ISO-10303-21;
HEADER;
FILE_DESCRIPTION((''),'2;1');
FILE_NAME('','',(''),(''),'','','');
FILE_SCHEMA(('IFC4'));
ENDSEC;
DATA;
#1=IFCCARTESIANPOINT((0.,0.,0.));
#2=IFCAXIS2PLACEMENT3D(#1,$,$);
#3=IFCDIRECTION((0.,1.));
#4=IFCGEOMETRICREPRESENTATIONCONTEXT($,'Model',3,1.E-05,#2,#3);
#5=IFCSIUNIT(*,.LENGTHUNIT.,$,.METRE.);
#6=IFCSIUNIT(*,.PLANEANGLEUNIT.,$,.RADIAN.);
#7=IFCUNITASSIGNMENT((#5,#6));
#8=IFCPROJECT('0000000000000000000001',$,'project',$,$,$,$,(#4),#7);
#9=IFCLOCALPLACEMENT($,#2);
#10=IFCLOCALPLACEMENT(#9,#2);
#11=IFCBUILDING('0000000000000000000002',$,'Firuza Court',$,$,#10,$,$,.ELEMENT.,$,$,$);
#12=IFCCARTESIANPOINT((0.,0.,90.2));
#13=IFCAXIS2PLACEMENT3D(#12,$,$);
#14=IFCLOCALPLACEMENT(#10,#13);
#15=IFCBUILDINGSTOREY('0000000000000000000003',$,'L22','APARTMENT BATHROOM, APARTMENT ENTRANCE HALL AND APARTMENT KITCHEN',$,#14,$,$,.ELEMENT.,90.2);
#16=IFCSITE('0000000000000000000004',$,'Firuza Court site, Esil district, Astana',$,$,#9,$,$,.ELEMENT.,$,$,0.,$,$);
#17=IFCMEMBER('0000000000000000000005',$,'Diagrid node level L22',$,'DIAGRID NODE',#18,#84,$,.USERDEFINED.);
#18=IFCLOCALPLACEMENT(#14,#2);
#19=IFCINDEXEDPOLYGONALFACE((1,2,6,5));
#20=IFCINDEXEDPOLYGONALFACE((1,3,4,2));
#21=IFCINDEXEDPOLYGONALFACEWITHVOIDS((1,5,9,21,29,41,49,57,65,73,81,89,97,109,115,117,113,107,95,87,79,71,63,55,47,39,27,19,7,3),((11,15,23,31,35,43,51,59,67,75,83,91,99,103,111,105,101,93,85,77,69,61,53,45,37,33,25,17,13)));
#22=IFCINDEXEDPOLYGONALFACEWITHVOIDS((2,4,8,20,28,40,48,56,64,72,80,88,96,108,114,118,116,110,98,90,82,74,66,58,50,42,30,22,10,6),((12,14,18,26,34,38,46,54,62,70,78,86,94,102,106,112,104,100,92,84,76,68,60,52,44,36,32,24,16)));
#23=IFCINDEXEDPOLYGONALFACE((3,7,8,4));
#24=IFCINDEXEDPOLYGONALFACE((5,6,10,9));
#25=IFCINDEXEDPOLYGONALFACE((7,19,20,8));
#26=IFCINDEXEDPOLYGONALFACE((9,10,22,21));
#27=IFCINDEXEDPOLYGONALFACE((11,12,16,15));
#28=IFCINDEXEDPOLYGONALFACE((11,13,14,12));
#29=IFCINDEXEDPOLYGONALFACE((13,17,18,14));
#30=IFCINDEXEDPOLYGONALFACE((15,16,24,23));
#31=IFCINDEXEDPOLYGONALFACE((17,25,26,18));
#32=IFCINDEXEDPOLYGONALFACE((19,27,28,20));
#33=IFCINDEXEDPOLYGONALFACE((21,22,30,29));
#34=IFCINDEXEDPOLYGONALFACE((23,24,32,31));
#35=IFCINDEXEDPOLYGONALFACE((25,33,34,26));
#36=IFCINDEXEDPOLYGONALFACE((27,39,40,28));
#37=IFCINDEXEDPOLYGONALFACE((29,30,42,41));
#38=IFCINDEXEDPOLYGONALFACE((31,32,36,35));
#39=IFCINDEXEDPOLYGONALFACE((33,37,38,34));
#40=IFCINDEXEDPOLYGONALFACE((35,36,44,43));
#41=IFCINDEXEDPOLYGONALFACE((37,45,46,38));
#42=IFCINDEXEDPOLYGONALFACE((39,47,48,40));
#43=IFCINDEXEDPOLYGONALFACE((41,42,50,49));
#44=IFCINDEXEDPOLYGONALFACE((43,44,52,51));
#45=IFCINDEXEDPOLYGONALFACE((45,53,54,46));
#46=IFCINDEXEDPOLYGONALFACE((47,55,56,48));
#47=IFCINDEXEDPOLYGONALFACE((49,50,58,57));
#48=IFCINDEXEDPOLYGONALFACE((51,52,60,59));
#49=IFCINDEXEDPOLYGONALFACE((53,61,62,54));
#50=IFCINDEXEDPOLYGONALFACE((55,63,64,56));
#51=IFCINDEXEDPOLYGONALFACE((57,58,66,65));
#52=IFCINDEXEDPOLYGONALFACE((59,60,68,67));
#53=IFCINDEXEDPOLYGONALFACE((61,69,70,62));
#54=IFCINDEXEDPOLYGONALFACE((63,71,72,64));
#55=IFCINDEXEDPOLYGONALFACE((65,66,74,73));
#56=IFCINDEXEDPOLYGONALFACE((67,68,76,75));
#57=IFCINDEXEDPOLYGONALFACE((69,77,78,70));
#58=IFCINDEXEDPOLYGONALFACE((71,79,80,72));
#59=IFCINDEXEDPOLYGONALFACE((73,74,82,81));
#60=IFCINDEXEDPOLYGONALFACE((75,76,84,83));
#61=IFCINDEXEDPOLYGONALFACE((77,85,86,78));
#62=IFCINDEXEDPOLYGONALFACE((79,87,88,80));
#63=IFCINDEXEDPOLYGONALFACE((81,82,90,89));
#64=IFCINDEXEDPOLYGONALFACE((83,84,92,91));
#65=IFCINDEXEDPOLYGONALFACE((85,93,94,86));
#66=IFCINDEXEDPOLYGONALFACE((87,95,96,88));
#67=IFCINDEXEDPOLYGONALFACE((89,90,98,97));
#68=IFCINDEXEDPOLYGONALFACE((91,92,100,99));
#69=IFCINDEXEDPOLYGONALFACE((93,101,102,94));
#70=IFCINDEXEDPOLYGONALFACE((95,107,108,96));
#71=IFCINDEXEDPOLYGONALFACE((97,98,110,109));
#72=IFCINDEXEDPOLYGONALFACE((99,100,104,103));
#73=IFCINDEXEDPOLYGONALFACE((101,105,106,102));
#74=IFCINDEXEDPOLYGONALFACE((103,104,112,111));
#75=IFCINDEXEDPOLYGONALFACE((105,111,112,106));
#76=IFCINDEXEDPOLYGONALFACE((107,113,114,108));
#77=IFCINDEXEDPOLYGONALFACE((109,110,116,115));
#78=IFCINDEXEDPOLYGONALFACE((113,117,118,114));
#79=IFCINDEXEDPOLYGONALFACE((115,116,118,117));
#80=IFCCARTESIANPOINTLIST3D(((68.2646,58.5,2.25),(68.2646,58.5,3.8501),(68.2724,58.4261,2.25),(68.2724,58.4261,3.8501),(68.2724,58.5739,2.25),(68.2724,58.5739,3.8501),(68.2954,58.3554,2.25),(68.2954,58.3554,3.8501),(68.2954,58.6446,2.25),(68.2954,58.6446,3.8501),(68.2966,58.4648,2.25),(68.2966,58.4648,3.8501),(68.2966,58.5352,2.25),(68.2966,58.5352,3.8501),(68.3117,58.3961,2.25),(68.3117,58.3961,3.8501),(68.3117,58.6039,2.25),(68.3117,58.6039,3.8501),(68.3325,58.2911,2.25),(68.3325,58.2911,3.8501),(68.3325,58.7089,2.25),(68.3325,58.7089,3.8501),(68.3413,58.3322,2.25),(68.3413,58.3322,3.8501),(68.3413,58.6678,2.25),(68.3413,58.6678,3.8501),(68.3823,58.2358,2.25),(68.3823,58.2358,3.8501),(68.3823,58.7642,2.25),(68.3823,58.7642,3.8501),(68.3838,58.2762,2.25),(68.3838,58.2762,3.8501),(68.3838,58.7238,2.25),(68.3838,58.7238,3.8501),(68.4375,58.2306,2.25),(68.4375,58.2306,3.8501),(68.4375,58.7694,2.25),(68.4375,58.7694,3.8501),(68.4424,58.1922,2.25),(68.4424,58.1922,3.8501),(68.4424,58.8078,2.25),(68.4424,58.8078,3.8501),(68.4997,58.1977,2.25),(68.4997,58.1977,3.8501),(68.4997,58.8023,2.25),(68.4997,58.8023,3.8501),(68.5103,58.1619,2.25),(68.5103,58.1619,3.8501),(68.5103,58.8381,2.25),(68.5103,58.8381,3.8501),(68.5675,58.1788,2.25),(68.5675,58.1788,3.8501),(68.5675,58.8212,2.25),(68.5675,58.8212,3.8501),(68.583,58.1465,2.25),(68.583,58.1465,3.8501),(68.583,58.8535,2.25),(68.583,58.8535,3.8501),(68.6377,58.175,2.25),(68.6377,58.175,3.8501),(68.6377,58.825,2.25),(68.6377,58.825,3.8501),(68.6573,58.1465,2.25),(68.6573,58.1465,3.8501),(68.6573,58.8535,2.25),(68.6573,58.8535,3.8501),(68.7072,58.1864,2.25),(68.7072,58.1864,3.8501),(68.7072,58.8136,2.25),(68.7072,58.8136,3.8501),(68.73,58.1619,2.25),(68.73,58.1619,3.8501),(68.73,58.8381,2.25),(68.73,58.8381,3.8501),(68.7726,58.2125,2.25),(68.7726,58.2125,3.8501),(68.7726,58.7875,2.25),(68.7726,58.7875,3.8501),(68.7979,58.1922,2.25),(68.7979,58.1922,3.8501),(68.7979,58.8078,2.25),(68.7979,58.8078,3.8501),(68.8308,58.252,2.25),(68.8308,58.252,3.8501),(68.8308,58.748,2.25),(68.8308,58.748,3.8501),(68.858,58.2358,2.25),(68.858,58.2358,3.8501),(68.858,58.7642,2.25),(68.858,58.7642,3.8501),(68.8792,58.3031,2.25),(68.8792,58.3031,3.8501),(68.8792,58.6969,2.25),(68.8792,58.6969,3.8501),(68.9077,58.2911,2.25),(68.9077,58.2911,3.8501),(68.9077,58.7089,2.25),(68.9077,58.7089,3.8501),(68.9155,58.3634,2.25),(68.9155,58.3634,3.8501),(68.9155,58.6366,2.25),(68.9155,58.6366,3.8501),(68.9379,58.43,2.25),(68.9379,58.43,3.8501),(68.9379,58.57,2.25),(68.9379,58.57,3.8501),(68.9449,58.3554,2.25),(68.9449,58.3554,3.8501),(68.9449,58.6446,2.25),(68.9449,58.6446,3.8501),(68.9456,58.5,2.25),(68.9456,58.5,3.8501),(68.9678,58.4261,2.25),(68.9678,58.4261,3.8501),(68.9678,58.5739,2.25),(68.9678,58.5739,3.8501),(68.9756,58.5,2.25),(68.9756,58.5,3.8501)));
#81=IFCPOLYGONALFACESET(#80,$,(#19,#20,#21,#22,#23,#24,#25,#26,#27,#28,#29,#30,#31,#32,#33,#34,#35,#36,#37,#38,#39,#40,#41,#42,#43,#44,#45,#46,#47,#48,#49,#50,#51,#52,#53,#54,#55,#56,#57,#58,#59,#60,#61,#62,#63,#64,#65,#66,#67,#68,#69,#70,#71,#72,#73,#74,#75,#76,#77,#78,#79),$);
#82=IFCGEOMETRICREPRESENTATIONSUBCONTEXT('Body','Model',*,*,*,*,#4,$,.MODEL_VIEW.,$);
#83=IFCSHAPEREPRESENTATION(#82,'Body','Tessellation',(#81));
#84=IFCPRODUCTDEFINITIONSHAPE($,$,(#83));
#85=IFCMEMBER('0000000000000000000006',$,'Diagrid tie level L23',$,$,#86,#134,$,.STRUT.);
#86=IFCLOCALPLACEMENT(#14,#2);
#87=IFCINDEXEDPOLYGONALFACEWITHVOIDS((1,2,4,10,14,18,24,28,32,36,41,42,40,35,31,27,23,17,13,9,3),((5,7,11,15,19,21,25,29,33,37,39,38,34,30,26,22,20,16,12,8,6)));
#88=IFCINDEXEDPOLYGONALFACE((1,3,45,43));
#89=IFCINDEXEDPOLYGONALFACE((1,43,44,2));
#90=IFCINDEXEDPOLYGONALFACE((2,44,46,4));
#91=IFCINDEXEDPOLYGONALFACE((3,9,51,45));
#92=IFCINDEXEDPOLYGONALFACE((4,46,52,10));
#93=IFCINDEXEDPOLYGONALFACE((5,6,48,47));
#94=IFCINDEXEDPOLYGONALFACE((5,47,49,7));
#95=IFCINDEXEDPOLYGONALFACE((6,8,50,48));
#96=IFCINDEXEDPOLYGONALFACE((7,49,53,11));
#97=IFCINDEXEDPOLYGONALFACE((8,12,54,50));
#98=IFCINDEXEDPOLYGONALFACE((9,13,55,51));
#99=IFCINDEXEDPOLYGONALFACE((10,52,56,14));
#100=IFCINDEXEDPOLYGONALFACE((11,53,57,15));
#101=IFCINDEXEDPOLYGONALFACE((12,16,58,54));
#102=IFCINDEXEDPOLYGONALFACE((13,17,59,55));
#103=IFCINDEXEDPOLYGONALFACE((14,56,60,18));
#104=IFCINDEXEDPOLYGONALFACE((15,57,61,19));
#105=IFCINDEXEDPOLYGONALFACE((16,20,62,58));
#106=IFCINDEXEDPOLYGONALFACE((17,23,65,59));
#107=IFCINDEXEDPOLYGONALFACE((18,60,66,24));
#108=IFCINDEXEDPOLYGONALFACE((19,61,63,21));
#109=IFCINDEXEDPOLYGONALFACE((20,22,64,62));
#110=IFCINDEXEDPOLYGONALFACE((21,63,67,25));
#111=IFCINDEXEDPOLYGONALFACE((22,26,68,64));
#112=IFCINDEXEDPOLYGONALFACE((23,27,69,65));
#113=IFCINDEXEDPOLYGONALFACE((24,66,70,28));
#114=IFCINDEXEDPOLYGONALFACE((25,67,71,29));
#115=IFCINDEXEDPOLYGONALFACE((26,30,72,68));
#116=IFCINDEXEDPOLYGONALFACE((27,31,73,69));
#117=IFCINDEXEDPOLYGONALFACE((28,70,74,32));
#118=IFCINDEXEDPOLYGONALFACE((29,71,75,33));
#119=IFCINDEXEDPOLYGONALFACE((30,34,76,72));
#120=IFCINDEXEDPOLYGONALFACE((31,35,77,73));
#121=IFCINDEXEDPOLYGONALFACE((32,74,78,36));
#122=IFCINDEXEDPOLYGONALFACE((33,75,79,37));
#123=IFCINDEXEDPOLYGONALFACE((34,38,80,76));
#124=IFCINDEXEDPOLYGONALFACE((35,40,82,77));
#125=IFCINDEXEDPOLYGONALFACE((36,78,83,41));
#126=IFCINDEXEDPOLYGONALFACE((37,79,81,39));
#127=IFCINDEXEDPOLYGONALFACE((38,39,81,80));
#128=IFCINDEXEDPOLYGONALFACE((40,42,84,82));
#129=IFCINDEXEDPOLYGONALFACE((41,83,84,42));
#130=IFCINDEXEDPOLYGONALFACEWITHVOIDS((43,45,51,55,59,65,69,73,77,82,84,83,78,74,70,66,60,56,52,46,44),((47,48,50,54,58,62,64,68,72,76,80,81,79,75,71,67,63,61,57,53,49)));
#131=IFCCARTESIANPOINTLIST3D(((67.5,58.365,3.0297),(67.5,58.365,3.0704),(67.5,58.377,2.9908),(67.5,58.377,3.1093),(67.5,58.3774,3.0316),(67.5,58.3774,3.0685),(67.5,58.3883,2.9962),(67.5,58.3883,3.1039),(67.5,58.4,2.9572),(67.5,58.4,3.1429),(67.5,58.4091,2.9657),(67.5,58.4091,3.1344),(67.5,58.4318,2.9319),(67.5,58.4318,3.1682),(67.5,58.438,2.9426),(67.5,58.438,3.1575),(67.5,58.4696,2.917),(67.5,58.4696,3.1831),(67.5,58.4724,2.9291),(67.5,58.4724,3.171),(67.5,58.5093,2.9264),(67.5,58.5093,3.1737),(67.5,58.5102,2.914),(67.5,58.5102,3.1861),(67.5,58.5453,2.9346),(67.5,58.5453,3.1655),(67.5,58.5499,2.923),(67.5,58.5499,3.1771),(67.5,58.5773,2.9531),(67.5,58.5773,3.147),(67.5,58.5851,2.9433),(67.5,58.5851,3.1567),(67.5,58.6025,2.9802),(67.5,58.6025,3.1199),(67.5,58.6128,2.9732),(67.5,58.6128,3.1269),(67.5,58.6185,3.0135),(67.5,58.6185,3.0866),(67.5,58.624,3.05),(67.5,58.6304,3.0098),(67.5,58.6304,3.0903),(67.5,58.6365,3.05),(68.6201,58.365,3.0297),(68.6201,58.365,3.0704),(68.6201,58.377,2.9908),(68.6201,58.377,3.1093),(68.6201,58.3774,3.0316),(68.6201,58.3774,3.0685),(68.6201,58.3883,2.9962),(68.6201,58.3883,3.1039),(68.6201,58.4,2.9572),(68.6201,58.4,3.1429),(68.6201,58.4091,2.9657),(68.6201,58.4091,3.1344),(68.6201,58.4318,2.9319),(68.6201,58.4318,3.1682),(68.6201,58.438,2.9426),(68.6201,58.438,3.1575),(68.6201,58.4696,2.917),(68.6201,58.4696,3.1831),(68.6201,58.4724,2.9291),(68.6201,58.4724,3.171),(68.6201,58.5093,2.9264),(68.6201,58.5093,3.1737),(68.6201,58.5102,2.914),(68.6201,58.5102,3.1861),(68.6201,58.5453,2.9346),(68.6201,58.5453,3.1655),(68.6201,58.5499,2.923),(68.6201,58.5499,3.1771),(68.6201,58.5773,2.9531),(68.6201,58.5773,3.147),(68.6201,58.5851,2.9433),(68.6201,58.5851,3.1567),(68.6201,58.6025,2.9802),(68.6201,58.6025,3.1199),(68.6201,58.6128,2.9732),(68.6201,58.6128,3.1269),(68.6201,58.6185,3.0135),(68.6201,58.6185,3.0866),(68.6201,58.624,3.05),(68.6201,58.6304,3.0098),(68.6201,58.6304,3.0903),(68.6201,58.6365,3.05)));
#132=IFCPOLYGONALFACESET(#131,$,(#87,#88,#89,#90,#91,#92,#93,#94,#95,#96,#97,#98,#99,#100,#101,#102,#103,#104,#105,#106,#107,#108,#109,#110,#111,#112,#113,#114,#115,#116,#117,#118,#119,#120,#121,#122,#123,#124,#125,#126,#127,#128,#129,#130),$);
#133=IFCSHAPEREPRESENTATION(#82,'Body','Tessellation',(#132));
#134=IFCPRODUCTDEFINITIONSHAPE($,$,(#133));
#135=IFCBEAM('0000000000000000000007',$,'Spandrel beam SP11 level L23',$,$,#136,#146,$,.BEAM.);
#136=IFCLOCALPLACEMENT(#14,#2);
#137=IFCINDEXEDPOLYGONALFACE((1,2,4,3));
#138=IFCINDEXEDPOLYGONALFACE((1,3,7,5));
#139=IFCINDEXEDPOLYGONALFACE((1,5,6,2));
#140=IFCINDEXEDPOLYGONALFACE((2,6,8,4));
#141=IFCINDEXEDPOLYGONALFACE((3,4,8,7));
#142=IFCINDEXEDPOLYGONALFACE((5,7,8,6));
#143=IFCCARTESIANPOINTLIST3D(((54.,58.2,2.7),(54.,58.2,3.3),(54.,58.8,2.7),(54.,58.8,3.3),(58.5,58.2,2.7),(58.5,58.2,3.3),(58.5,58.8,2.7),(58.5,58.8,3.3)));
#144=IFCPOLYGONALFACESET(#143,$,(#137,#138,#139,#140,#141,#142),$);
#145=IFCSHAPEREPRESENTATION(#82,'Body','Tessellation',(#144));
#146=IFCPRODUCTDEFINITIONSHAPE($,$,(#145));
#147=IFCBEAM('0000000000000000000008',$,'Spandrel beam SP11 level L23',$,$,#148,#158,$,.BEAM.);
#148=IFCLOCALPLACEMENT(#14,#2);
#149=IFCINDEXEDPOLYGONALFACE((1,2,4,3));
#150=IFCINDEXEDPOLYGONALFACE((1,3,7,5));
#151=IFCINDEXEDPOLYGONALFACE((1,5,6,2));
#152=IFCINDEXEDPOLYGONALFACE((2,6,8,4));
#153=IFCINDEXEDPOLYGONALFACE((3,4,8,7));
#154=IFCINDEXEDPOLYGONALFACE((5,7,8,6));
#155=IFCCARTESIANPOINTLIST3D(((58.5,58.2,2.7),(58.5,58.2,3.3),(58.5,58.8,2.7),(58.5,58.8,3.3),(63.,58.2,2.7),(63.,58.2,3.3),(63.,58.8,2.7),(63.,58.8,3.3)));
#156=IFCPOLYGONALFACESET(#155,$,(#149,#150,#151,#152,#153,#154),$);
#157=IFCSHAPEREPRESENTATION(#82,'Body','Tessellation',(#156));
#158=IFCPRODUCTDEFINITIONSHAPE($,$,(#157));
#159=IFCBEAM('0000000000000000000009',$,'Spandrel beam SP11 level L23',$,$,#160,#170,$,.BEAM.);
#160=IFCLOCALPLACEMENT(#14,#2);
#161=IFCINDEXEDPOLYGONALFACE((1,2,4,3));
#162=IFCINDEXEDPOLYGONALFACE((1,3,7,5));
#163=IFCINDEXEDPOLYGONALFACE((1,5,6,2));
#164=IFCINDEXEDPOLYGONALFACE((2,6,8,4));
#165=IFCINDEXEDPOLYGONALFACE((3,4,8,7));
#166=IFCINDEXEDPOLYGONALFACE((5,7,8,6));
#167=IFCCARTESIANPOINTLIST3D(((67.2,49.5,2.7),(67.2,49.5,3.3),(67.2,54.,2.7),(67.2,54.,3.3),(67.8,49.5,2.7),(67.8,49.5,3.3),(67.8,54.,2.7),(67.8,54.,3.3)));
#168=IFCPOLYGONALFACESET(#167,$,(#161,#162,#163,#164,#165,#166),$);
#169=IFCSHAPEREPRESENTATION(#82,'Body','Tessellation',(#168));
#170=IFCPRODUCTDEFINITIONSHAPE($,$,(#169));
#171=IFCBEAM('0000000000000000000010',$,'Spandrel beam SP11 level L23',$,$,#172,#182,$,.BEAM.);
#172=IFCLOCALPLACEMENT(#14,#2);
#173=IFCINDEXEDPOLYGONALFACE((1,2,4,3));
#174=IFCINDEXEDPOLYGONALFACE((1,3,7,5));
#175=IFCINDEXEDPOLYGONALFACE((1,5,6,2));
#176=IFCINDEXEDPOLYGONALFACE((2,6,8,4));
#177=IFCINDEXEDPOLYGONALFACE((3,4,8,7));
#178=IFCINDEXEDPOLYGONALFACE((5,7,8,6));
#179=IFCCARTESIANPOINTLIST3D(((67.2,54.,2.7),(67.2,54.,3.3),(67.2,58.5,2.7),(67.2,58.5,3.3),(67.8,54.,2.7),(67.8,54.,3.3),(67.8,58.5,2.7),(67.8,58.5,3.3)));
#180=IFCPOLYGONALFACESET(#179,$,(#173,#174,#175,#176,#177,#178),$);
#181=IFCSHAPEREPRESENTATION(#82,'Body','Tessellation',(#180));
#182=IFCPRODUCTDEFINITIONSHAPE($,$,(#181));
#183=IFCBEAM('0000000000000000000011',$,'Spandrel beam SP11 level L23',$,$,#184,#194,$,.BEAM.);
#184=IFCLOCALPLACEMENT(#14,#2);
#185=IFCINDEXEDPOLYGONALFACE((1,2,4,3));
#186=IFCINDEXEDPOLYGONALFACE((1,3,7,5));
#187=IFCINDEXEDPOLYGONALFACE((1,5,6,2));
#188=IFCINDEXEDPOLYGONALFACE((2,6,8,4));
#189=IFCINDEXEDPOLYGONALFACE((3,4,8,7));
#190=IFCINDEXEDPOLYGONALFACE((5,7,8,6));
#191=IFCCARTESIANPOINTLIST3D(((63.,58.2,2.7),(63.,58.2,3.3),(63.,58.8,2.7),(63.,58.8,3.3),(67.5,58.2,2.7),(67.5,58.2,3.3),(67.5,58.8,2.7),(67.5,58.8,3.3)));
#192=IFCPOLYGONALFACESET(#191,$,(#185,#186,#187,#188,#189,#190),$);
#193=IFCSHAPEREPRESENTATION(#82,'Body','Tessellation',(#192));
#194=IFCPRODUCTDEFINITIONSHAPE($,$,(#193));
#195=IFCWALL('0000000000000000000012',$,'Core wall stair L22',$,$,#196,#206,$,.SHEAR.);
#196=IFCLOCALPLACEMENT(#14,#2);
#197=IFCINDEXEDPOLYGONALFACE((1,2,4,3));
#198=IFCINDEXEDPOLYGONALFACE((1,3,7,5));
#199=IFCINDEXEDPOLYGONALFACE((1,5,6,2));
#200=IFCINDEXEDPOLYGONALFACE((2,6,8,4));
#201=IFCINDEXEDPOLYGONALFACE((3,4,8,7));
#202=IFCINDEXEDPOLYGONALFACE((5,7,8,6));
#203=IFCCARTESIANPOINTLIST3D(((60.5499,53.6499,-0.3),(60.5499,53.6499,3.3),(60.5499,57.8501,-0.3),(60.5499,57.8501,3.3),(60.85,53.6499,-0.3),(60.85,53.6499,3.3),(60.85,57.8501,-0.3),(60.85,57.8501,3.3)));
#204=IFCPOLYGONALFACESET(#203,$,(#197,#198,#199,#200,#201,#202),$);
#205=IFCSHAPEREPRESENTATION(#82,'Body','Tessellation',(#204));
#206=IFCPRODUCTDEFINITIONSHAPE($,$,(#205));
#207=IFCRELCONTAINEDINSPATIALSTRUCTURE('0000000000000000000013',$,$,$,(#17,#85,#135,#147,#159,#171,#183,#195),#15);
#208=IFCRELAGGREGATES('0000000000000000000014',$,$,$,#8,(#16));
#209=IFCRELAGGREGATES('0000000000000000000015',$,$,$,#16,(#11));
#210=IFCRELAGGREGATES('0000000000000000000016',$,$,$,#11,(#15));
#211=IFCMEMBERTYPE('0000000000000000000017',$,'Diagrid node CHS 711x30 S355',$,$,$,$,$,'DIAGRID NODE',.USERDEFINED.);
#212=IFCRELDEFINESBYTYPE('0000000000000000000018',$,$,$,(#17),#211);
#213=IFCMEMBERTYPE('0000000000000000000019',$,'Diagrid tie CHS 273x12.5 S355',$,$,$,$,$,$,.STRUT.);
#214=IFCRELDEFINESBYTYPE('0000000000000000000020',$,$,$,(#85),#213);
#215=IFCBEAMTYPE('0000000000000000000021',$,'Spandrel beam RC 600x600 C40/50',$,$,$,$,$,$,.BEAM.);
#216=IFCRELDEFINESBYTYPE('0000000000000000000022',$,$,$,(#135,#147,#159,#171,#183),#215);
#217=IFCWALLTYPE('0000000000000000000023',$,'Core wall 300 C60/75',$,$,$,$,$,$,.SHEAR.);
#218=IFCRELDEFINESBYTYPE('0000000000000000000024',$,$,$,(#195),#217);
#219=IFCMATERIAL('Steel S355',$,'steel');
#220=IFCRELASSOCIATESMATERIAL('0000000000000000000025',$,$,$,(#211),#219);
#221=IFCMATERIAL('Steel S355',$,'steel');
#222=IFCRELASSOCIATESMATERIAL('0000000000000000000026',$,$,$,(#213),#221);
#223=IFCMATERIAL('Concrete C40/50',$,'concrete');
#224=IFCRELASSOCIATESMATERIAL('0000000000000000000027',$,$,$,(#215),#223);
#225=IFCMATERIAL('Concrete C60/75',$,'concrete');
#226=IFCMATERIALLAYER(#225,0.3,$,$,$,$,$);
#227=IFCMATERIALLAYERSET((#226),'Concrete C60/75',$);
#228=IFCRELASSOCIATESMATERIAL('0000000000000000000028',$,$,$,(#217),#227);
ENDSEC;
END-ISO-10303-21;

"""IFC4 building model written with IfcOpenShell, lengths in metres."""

from ifc_helpers import new_model, si_unit, direction, frame, frame_2d, origin, origin_2d, place, context, subcontext, project, spatial, rectangle, hollow_circle, extrude, material, layer, layer_set, material_profile, profile_set, type_object, element, save


model = new_model("IFC4")

# Units and contexts
model_context = context("Model", 3, precision=1e-05, world=origin(), true_north=direction((0.0, 1.0)))
body_context = subcontext(model_context, "Body", "Model", "MODEL_VIEW")
ifc_project = project(units=[si_unit("LENGTHUNIT", "METRE"), si_unit("PLANEANGLEUNIT", "RADIAN")], contexts=[model_context])

# Site, building, storey
site_placement = place(None, origin())
site = spatial("IfcSite", under=ifc_project, at=site_placement, Name="Firuza Court site, Esil district, Astana", CompositionType="ELEMENT", RefElevation=0.0)
building_placement = place(site_placement, origin())
building = spatial("IfcBuilding", under=site, at=building_placement, Name="Firuza Court", CompositionType="ELEMENT")
storey_placement = place(building_placement, frame((0.0, 0.0, 90.2)))
storey = spatial("IfcBuildingStorey", under=building, at=storey_placement, Name="L22", Description="APARTMENT BATHROOM, APARTMENT ENTRANCE HALL AND APARTMENT KITCHEN", CompositionType="ELEMENT", Elevation=90.2)

# Members
ifc_material_1 = material(Name="Steel S355", Category="steel")
ifc_material_profile_1 = material_profile(ifc_material_1, hollow_circle(Radius=0.3555, WallThickness=0.03, at=origin_2d()), Name="CHS 711x30")
ifc_profile_set_1 = profile_set([ifc_material_profile_1], Name="Steel S355")
member_type_1 = type_object("IfcMemberType", Name="Diagrid node CHS 711x30 S355", ElementType="DIAGRID NODE", PredefinedType="USERDEFINED", material=ifc_profile_set_1)
for number, where, z_axis, x_axis, name in (
    (1, (68.6201, 58.5, 2.25), (0.0, 0.0, 1.0), (1.0, 0.0, 0.0), "Diagrid node level L22"),
):
    element("IfcMember", number, at=place(storey_placement, frame(where, z_axis=z_axis, x_axis=x_axis)), inside=storey, type_object=member_type_1, Name=name, ObjectType="DIAGRID NODE", PredefinedType="USERDEFINED", context=body_context, shape_type="SweptSolid", body=[
        extrude(hollow_circle(Radius=0.3555, WallThickness=0.03, at=origin_2d()), origin(), (0.0, 0.0, 1.0), 1.6001),
    ])
ifc_material_2 = material(Name="Steel S355", Category="steel")
ifc_material_profile_2 = material_profile(ifc_material_2, hollow_circle(Radius=0.1365, WallThickness=0.0125, at=origin_2d()), Name="CHS 273x12.5")
ifc_profile_set_2 = profile_set([ifc_material_profile_2], Name="Steel S355")
member_type_2 = type_object("IfcMemberType", Name="Diagrid tie CHS 273x12.5 S355", PredefinedType="STRUT", material=ifc_profile_set_2)
member_placement = place(storey_placement, frame((67.5, 58.5, 3.05), z_axis=(1.0, 0.0, 0.0), x_axis=(0.0, 1.0, 0.0)))
element("IfcMember", 2, at=member_placement, inside=storey, type_object=member_type_2, Name="Diagrid tie level L23", PredefinedType="STRUT", context=body_context, shape_type="SweptSolid", body=[
    extrude(hollow_circle(Radius=0.1365, WallThickness=0.0125, at=origin_2d()), origin(), (0.0, 0.0, 1.0), 1.1201),
])

# Beams
ifc_material_3 = material(Name="Concrete C40/50", Category="concrete")
ifc_material_profile_3 = material_profile(ifc_material_3, rectangle(XDim=0.6001, YDim=0.6001, at=origin_2d()), Name="RC 600x600")
ifc_profile_set_3 = profile_set([ifc_material_profile_3], Name="Concrete C40/50")
beam_type_1 = type_object("IfcBeamType", Name="Spandrel beam RC 600x600 C40/50", PredefinedType="BEAM", material=ifc_profile_set_3)
for number, where, z_axis, x_axis, name in (
    (3, (58.5, 58.5, 3.0), (-1.0, 0.0, 0.0), (0.0, -1.0, 0.0), "Spandrel beam SP11 level L23"),
    (4, (63.0, 58.5, 3.0), (-1.0, 0.0, 0.0), (0.0, -1.0, 0.0), "Spandrel beam SP11 level L23"),
    (5, (67.5, 49.5, 3.0), (0.0, 1.0, 0.0), (-1.0, 0.0, 0.0), "Spandrel beam SP11 level L23"),
    (6, (67.5, 54.0, 3.0), (0.0, 1.0, 0.0), (-1.0, 0.0, 0.0), "Spandrel beam SP11 level L23"),
    (7, (67.5, 58.5, 3.0), (-1.0, 0.0, 0.0), (0.0, -1.0, 0.0), "Spandrel beam SP11 level L23"),
):
    element("IfcBeam", number, at=place(storey_placement, frame(where, z_axis=z_axis, x_axis=x_axis)), inside=storey, type_object=beam_type_1, Name=name, PredefinedType="BEAM", context=body_context, shape_type="SweptSolid", body=[
        extrude(rectangle(XDim=0.6001, YDim=0.6001, at=origin_2d()), origin(), (0.0, 0.0, 1.0), 4.5),
    ])

# Wall
ifc_material_4 = material(Name="Concrete C60/75", Category="concrete")
ifc_layer_1 = layer(ifc_material_4, 0.3)
ifc_layer_set_1 = layer_set([ifc_layer_1], Name="Concrete C60/75")
wall_type_1 = type_object("IfcWallType", Name="Core wall 300 C60/75", PredefinedType="SHEAR", material=ifc_layer_set_1)
wall_1_placement = place(storey_placement, frame((60.7, 53.6499, -0.3), z_axis=(0.0, 0.0, 1.0), x_axis=(0.0, 1.0, 0.0)))
element("IfcWall", 8, at=wall_1_placement, inside=storey, type_object=wall_type_1, Name="Core wall stair L22", PredefinedType="SHEAR", context=body_context, shape_type="SweptSolid", body=[
    extrude(rectangle(XDim=4.2002, YDim=0.3, at=frame_2d((2.1001, 0.0))), origin(), (0.0, 0.0, 1.0), 3.6001),
])

save(model, "model.ifc")
